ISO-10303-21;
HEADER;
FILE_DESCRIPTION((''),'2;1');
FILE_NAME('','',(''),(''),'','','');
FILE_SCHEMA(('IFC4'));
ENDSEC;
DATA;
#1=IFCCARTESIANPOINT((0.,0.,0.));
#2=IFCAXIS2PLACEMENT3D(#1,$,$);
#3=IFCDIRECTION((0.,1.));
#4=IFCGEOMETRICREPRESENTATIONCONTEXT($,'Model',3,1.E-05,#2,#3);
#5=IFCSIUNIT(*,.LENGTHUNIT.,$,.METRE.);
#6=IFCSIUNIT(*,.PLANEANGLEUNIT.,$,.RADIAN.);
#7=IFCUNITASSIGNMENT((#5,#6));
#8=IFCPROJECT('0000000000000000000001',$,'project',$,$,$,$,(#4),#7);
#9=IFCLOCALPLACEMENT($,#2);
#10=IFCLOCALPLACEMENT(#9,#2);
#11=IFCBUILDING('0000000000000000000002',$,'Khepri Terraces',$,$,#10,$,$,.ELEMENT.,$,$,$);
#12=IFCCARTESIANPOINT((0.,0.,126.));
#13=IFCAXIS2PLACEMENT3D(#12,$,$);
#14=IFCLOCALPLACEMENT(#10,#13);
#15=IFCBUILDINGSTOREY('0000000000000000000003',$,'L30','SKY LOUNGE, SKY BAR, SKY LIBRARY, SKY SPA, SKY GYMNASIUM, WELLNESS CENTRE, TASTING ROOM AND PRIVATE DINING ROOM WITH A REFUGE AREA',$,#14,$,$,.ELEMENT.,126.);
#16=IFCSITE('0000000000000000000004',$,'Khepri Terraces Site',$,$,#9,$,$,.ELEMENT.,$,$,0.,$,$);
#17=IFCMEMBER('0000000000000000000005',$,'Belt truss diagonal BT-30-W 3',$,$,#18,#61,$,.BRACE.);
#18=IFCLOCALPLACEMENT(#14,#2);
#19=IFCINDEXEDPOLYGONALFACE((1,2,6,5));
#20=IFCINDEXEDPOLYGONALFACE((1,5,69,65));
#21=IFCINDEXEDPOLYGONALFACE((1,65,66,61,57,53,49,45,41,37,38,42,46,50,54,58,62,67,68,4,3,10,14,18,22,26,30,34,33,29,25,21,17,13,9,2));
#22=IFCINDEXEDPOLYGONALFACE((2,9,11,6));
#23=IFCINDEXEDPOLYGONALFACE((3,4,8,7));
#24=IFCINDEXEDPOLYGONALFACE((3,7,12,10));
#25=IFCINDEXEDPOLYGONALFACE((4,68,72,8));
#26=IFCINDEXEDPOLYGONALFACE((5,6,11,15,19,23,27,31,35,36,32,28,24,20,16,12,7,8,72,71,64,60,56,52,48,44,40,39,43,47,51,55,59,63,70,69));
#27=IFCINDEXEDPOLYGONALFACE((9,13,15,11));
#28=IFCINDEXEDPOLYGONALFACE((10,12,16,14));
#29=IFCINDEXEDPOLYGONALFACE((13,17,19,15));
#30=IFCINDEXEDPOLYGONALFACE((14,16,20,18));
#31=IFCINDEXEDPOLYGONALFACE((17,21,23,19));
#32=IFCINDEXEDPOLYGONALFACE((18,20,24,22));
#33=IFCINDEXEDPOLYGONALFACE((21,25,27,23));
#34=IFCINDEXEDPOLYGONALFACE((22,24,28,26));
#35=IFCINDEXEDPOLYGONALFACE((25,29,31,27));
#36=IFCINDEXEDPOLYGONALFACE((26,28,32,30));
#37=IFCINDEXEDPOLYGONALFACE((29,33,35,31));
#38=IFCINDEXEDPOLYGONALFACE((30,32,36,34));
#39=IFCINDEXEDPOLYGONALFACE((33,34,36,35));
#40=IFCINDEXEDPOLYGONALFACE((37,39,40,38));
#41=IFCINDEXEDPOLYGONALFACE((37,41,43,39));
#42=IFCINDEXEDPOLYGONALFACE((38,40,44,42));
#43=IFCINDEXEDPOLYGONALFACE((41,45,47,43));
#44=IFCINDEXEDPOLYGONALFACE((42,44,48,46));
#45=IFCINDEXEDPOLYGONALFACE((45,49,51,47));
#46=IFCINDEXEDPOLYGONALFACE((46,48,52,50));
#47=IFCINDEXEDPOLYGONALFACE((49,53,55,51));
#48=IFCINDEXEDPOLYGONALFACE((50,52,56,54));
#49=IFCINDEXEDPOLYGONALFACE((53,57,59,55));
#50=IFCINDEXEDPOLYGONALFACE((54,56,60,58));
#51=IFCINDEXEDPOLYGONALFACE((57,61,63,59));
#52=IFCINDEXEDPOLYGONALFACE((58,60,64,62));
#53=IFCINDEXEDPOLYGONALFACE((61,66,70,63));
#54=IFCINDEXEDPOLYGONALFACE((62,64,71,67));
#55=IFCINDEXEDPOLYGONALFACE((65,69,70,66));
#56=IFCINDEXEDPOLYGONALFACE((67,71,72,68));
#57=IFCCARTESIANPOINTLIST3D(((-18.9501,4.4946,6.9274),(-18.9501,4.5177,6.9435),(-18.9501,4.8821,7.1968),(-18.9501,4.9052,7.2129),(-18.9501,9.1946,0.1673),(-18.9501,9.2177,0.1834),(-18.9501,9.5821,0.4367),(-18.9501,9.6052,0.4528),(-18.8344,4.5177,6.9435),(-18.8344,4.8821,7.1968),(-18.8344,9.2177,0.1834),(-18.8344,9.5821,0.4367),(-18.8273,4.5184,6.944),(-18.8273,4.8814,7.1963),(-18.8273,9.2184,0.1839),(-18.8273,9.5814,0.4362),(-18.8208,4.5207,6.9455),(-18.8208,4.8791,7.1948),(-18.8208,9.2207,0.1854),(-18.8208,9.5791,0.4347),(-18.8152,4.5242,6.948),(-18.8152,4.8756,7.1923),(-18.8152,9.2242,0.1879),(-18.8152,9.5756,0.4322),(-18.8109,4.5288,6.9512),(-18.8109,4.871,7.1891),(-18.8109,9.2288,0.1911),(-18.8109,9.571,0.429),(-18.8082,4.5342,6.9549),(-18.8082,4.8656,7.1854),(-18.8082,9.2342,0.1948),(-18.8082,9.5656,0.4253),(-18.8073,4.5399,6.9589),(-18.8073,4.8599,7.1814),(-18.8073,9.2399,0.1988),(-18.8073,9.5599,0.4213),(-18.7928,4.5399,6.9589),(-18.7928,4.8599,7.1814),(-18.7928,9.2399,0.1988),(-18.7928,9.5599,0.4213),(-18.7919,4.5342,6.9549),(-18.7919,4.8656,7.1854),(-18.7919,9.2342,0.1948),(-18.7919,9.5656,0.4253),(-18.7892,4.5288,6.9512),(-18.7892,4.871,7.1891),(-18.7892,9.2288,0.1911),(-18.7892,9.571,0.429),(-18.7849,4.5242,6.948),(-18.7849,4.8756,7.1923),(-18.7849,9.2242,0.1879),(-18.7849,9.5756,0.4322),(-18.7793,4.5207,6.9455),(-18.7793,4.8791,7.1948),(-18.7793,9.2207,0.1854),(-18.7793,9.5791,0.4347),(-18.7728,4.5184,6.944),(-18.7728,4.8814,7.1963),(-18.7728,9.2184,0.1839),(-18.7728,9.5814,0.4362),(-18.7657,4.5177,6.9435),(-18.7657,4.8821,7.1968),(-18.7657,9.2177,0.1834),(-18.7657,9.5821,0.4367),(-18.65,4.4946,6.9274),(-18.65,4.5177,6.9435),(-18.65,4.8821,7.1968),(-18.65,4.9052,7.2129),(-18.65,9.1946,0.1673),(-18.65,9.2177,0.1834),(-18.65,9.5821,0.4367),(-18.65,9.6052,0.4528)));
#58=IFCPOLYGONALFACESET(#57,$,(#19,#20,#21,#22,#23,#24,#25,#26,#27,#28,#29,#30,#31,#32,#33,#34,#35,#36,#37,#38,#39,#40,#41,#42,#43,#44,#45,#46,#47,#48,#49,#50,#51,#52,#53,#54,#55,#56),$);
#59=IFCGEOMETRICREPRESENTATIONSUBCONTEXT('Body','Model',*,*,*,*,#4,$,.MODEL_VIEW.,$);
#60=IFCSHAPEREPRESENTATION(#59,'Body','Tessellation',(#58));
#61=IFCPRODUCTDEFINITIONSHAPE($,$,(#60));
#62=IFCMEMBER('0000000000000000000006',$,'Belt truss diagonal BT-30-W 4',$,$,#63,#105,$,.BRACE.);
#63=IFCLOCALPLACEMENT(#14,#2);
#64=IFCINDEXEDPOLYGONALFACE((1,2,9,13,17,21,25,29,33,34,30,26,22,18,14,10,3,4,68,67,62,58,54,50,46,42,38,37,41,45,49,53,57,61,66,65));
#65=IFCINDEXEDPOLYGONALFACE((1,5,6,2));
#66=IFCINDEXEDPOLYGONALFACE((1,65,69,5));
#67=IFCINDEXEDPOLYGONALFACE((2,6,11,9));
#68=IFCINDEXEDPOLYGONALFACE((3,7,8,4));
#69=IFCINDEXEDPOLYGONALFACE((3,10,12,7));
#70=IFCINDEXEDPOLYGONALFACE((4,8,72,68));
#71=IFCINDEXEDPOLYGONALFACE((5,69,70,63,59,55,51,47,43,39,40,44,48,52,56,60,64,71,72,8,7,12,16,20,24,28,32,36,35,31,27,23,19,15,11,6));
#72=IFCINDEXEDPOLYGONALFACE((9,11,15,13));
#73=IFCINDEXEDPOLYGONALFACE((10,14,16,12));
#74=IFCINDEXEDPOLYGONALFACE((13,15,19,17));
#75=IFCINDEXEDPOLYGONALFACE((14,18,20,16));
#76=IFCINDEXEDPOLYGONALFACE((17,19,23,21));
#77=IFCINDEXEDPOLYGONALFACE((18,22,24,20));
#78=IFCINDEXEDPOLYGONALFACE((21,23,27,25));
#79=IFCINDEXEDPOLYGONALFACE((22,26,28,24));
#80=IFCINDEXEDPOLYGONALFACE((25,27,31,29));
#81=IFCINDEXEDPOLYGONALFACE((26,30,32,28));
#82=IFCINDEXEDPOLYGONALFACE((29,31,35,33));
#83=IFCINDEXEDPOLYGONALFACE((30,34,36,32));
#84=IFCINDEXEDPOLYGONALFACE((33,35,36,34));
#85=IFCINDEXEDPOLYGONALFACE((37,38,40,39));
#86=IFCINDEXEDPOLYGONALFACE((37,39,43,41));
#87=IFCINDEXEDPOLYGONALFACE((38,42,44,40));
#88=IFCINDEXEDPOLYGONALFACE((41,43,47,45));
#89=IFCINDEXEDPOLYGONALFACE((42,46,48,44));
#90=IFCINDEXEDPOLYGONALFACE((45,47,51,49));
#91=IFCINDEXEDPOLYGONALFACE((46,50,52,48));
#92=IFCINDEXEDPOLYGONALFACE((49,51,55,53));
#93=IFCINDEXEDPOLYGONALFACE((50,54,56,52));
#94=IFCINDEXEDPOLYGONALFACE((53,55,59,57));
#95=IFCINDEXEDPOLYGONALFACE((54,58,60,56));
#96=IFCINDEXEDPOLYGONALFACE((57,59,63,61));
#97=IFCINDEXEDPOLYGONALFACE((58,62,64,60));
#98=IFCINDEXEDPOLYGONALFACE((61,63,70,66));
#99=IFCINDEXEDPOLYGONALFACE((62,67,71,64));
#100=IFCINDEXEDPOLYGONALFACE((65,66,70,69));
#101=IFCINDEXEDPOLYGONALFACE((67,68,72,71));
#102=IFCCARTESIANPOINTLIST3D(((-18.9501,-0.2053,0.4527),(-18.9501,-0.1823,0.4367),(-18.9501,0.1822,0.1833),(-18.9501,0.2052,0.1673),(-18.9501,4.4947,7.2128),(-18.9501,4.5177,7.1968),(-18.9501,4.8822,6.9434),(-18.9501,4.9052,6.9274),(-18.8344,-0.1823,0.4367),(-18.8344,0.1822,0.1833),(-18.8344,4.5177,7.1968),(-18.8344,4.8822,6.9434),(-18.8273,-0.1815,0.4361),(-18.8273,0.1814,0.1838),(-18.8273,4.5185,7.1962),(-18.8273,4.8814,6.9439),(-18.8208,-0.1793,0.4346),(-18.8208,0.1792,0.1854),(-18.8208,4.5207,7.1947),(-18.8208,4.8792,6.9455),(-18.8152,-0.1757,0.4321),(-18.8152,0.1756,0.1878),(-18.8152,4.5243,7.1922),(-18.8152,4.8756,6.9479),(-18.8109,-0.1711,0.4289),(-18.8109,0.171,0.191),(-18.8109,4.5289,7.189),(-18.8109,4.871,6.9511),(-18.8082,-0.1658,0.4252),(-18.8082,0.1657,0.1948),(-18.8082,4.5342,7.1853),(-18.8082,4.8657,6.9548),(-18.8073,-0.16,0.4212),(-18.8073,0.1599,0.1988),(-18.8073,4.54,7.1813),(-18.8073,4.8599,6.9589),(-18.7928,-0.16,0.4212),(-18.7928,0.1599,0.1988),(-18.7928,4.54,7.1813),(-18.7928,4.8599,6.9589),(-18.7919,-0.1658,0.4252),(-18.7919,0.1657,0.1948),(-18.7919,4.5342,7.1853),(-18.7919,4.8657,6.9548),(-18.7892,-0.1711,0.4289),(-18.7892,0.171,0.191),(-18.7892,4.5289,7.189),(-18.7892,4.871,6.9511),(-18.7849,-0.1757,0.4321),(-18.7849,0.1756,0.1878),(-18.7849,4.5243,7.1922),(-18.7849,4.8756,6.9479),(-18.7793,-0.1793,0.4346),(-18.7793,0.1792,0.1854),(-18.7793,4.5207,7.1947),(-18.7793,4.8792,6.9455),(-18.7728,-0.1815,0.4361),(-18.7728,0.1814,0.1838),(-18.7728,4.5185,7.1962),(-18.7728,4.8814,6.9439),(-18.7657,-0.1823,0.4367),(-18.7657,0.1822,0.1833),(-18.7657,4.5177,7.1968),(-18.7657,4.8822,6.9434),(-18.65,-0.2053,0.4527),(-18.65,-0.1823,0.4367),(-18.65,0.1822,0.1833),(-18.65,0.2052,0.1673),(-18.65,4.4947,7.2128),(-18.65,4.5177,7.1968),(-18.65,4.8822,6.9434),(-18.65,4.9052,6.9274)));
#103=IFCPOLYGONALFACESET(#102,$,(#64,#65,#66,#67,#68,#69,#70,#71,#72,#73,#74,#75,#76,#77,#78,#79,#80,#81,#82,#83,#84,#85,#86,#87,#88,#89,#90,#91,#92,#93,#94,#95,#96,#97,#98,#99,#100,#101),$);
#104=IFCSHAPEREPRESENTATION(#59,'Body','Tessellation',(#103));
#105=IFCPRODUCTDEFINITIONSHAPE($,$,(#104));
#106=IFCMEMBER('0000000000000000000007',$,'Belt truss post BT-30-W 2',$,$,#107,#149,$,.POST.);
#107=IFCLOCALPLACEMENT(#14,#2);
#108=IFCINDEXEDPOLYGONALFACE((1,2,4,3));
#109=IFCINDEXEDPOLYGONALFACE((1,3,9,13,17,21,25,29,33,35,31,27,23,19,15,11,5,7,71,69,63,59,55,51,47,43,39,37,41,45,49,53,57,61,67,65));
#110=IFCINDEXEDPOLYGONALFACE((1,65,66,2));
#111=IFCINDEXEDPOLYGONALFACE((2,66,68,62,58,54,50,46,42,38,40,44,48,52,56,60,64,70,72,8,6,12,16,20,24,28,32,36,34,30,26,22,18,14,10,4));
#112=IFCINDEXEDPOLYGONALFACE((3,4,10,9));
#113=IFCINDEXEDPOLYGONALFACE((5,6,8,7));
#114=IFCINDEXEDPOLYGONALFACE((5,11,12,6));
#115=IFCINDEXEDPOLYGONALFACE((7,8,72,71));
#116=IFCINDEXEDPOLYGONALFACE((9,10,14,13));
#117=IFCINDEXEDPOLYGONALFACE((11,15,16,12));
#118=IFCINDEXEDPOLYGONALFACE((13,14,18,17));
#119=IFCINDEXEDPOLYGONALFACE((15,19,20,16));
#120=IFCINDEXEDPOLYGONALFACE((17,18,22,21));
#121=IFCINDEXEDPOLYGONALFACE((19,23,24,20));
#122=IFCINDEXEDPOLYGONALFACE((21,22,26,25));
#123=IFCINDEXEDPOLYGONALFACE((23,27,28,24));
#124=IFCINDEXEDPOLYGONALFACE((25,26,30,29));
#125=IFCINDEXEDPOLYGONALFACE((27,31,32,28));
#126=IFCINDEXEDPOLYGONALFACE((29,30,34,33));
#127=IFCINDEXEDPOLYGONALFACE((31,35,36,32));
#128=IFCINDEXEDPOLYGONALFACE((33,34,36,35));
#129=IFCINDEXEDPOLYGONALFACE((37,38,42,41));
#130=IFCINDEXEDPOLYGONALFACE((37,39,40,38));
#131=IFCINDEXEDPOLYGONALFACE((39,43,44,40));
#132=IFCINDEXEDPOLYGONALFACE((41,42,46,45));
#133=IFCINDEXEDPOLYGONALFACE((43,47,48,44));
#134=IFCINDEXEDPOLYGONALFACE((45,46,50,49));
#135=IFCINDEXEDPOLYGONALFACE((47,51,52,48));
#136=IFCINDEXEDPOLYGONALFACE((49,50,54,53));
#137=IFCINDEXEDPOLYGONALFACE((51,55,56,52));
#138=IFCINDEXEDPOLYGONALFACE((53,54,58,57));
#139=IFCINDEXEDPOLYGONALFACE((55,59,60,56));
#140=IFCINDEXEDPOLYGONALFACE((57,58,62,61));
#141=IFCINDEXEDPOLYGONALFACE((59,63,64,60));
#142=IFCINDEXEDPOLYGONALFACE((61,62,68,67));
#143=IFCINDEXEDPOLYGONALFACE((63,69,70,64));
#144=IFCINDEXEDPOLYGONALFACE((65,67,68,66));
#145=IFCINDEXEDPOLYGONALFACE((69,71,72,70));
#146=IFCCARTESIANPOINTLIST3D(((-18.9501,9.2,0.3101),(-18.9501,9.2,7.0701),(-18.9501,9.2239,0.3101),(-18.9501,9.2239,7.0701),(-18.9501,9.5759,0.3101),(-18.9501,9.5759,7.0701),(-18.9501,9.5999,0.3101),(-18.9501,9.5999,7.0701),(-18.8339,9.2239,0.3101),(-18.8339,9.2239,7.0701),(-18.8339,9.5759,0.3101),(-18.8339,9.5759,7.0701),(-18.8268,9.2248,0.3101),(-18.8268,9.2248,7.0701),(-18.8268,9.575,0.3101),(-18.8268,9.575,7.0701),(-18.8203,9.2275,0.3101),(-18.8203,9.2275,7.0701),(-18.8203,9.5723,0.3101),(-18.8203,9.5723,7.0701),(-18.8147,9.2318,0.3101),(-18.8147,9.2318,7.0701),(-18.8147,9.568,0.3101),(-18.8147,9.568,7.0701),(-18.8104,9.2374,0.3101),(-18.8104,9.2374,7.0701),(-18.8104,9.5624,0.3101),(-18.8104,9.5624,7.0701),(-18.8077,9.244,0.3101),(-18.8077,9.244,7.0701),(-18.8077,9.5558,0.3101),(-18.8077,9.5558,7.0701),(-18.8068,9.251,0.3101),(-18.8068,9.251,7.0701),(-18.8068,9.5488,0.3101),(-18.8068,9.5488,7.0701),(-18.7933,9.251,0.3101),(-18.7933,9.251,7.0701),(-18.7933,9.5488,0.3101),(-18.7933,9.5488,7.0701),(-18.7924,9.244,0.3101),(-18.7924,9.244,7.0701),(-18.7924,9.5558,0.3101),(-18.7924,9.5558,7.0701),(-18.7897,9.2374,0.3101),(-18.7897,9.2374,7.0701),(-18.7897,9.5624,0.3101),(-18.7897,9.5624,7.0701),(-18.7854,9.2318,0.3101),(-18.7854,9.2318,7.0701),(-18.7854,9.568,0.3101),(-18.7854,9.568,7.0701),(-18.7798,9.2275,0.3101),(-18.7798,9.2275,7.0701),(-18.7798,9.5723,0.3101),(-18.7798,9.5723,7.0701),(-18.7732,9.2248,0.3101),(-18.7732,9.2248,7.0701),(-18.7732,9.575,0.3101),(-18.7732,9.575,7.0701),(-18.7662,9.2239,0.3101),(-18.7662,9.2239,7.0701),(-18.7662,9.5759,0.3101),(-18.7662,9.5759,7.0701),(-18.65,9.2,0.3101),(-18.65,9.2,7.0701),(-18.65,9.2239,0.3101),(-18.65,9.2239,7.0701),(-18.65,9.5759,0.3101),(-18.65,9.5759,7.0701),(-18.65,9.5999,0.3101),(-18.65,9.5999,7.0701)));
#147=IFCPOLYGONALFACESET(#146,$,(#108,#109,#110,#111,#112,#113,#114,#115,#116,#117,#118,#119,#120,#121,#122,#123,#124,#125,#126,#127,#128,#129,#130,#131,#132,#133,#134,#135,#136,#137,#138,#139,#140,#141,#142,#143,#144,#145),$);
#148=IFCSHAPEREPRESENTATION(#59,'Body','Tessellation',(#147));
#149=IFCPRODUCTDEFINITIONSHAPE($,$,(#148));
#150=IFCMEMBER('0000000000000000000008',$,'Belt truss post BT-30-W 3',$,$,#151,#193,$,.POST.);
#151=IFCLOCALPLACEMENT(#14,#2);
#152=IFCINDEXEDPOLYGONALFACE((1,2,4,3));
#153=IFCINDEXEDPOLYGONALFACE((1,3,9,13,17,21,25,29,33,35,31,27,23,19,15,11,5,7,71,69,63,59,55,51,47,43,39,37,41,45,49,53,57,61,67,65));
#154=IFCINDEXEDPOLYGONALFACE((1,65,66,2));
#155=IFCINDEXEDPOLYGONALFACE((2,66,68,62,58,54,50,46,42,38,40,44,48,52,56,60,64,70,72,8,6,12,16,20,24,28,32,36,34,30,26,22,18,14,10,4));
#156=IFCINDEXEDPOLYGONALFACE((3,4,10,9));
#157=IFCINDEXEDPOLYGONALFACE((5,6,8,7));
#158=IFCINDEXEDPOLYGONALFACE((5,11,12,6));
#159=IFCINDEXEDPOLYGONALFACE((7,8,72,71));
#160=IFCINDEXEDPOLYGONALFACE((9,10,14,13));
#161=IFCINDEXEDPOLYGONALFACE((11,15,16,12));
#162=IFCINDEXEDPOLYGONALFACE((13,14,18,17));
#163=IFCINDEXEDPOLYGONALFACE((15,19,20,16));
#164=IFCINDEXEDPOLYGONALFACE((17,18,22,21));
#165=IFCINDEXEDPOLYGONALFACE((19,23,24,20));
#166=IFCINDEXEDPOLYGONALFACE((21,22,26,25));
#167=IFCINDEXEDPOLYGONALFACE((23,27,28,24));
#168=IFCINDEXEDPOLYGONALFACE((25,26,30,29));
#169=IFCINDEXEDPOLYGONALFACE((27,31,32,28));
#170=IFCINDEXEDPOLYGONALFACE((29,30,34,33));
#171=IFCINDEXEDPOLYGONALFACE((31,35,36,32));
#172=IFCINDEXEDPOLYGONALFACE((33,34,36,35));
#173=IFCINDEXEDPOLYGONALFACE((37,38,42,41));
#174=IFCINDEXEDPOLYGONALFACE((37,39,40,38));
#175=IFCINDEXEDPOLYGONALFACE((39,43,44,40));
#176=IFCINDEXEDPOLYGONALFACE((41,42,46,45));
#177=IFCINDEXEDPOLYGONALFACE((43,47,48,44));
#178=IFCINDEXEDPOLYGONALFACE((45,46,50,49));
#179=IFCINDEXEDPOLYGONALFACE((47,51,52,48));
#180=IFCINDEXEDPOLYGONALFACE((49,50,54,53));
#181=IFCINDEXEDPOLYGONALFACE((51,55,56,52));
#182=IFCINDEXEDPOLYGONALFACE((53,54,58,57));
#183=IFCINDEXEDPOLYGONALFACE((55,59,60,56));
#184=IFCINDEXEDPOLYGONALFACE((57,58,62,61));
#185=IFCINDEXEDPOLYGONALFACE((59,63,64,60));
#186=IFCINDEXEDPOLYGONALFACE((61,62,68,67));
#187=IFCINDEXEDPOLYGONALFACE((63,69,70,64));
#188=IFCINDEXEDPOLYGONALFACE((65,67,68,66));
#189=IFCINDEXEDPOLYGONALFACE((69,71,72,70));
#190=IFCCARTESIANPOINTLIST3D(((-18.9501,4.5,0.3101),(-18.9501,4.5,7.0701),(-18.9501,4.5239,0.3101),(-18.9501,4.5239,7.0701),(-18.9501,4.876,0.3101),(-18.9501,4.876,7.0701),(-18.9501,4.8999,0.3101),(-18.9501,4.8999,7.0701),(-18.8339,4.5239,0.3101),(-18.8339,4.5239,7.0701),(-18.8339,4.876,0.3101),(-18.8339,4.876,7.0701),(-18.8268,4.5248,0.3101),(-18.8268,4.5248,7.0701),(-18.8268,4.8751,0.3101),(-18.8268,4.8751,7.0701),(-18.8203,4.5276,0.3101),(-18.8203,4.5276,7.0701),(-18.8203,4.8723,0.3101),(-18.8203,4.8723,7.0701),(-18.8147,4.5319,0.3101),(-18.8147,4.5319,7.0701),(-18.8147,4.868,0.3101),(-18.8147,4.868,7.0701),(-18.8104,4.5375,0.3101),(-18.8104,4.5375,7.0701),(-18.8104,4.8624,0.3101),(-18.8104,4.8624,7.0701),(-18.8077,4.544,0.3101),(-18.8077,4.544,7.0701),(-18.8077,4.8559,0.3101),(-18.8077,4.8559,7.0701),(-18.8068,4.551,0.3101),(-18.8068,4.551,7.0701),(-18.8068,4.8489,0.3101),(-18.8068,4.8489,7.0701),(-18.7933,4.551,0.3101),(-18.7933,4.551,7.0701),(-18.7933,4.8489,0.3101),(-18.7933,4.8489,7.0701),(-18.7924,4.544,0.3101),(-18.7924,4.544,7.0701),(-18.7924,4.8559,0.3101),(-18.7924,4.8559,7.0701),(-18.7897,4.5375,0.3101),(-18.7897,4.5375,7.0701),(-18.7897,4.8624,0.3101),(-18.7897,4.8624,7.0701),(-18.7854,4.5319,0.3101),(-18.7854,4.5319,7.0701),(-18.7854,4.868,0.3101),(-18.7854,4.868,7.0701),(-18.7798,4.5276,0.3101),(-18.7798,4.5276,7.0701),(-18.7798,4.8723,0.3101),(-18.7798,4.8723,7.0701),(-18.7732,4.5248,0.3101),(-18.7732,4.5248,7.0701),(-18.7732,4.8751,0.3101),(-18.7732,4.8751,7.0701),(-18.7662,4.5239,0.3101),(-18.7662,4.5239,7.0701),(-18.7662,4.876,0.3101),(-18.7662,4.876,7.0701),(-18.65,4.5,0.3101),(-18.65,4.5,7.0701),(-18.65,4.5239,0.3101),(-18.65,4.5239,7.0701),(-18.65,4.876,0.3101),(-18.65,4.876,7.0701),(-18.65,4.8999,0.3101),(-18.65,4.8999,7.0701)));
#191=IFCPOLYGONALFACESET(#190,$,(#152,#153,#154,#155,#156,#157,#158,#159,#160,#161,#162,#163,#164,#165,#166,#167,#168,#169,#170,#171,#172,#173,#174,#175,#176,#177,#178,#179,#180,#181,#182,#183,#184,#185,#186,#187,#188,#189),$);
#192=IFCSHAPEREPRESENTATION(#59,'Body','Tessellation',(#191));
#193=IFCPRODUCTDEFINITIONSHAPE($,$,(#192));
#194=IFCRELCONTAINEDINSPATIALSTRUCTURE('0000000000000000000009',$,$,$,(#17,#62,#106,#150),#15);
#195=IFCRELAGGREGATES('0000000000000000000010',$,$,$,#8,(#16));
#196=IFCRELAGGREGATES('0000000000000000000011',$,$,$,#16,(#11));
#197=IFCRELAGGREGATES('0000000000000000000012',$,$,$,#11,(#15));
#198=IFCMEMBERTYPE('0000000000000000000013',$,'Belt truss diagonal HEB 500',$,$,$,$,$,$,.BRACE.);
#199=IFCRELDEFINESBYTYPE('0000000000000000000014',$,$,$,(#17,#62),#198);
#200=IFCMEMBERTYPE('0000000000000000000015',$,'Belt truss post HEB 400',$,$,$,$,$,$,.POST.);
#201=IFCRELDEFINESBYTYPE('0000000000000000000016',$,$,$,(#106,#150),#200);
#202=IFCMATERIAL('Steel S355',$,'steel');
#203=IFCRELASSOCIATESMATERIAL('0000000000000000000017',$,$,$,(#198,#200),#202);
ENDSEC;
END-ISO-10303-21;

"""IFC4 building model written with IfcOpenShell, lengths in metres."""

from ifc_helpers import new_model, si_unit, direction, frame, origin, origin_2d, place, context, subcontext, project, spatial, i_section, extrude, material, material_profile, profile_set, type_object, element, save


model = new_model("IFC4")

# Units and contexts
model_context = context("Model", 3, precision=1e-05, world=origin(), true_north=direction((0.0, 1.0)))
body_context = subcontext(model_context, "Body", "Model", "MODEL_VIEW")
ifc_project = project(units=[si_unit("LENGTHUNIT", "METRE"), si_unit("PLANEANGLEUNIT", "RADIAN")], contexts=[model_context])

# Site, building, storey
site_placement = place(None, origin())
site = spatial("IfcSite", under=ifc_project, at=site_placement, Name="Khepri Terraces Site", CompositionType="ELEMENT", RefElevation=0.0)
building_placement = place(site_placement, origin())
building = spatial("IfcBuilding", under=site, at=building_placement, Name="Khepri Terraces", CompositionType="ELEMENT")
storey_placement = place(building_placement, frame((0.0, 0.0, 126.0)))
storey = spatial("IfcBuildingStorey", under=building, at=storey_placement, Name="L30", Description="SKY LOUNGE, SKY BAR, SKY LIBRARY, SKY SPA, SKY GYMNASIUM, WELLNESS CENTRE, TASTING ROOM AND PRIVATE DINING ROOM WITH A REFUGE AREA", CompositionType="ELEMENT", Elevation=126.0)

# Members
ifc_material_1 = material(Name="Steel S355", Category="steel")
ifc_material_profile_1 = material_profile(ifc_material_1, i_section(OverallWidth=0.3, OverallDepth=0.5, WebThickness=0.0144, FlangeThickness=0.0281, FilletRadius=0.0271, at=origin_2d()), Name="Steel S355", Category="steel")
ifc_profile_set_1 = profile_set([ifc_material_profile_1], Name="Steel S355")
member_type_1 = type_object("IfcMemberType", Name="Belt truss diagonal HEB 500", PredefinedType="BRACE", material=ifc_profile_set_1)
for number, where, z_axis, x_axis, name in (
    (1, (-18.8, 9.3999, 0.3101), (0.0, -0.570846, 0.821057), (1.0, 0.0, 0.0), "Belt truss diagonal BT-30-W 3"),
    (2, (-18.8, 4.7, 7.0701), (0.0, -0.570846, -0.821057), (1.0, 0.0, 0.0), "Belt truss diagonal BT-30-W 4"),
):
    element("IfcMember", number, at=place(storey_placement, frame(where, z_axis=z_axis, x_axis=x_axis)), inside=storey, type_object=member_type_1, Name=name, PredefinedType="BRACE", context=body_context, shape_type="SweptSolid", body=[
        extrude(i_section(OverallWidth=0.3, OverallDepth=0.5, WebThickness=0.0144, FlangeThickness=0.0281, FilletRadius=0.0271, at=origin_2d()), origin(), (0.0, 0.0, 1.0), 8.2334),
    ])
ifc_material_profile_2 = material_profile(ifc_material_1, i_section(OverallWidth=0.3, OverallDepth=0.3999, WebThickness=0.0134, FlangeThickness=0.0239, FilletRadius=0.0271, at=origin_2d()), Name="Steel S355", Category="steel")
ifc_profile_set_2 = profile_set([ifc_material_profile_2], Name="Steel S355")
member_type_2 = type_object("IfcMemberType", Name="Belt truss post HEB 400", PredefinedType="POST", material=ifc_profile_set_2)
for number, where, z_axis, x_axis, name in (
    (3, (-18.8, 9.3999, 0.3101), (0.0, 0.0, 1.0), (1.0, 0.0, 0.0), "Belt truss post BT-30-W 2"),
    (4, (-18.8, 4.7, 0.3101), (0.0, 0.0, 1.0), (1.0, 0.0, 0.0), "Belt truss post BT-30-W 3"),
):
    element("IfcMember", number, at=place(storey_placement, frame(where, z_axis=z_axis, x_axis=x_axis)), inside=storey, type_object=member_type_2, Name=name, PredefinedType="POST", context=body_context, shape_type="SweptSolid", body=[
        extrude(i_section(OverallWidth=0.3, OverallDepth=0.3999, WebThickness=0.0134, FlangeThickness=0.0239, FilletRadius=0.0271, at=origin_2d()), origin(), (0.0, 0.0, 1.0), 6.76),
    ])

save(model, "model.ifc")
